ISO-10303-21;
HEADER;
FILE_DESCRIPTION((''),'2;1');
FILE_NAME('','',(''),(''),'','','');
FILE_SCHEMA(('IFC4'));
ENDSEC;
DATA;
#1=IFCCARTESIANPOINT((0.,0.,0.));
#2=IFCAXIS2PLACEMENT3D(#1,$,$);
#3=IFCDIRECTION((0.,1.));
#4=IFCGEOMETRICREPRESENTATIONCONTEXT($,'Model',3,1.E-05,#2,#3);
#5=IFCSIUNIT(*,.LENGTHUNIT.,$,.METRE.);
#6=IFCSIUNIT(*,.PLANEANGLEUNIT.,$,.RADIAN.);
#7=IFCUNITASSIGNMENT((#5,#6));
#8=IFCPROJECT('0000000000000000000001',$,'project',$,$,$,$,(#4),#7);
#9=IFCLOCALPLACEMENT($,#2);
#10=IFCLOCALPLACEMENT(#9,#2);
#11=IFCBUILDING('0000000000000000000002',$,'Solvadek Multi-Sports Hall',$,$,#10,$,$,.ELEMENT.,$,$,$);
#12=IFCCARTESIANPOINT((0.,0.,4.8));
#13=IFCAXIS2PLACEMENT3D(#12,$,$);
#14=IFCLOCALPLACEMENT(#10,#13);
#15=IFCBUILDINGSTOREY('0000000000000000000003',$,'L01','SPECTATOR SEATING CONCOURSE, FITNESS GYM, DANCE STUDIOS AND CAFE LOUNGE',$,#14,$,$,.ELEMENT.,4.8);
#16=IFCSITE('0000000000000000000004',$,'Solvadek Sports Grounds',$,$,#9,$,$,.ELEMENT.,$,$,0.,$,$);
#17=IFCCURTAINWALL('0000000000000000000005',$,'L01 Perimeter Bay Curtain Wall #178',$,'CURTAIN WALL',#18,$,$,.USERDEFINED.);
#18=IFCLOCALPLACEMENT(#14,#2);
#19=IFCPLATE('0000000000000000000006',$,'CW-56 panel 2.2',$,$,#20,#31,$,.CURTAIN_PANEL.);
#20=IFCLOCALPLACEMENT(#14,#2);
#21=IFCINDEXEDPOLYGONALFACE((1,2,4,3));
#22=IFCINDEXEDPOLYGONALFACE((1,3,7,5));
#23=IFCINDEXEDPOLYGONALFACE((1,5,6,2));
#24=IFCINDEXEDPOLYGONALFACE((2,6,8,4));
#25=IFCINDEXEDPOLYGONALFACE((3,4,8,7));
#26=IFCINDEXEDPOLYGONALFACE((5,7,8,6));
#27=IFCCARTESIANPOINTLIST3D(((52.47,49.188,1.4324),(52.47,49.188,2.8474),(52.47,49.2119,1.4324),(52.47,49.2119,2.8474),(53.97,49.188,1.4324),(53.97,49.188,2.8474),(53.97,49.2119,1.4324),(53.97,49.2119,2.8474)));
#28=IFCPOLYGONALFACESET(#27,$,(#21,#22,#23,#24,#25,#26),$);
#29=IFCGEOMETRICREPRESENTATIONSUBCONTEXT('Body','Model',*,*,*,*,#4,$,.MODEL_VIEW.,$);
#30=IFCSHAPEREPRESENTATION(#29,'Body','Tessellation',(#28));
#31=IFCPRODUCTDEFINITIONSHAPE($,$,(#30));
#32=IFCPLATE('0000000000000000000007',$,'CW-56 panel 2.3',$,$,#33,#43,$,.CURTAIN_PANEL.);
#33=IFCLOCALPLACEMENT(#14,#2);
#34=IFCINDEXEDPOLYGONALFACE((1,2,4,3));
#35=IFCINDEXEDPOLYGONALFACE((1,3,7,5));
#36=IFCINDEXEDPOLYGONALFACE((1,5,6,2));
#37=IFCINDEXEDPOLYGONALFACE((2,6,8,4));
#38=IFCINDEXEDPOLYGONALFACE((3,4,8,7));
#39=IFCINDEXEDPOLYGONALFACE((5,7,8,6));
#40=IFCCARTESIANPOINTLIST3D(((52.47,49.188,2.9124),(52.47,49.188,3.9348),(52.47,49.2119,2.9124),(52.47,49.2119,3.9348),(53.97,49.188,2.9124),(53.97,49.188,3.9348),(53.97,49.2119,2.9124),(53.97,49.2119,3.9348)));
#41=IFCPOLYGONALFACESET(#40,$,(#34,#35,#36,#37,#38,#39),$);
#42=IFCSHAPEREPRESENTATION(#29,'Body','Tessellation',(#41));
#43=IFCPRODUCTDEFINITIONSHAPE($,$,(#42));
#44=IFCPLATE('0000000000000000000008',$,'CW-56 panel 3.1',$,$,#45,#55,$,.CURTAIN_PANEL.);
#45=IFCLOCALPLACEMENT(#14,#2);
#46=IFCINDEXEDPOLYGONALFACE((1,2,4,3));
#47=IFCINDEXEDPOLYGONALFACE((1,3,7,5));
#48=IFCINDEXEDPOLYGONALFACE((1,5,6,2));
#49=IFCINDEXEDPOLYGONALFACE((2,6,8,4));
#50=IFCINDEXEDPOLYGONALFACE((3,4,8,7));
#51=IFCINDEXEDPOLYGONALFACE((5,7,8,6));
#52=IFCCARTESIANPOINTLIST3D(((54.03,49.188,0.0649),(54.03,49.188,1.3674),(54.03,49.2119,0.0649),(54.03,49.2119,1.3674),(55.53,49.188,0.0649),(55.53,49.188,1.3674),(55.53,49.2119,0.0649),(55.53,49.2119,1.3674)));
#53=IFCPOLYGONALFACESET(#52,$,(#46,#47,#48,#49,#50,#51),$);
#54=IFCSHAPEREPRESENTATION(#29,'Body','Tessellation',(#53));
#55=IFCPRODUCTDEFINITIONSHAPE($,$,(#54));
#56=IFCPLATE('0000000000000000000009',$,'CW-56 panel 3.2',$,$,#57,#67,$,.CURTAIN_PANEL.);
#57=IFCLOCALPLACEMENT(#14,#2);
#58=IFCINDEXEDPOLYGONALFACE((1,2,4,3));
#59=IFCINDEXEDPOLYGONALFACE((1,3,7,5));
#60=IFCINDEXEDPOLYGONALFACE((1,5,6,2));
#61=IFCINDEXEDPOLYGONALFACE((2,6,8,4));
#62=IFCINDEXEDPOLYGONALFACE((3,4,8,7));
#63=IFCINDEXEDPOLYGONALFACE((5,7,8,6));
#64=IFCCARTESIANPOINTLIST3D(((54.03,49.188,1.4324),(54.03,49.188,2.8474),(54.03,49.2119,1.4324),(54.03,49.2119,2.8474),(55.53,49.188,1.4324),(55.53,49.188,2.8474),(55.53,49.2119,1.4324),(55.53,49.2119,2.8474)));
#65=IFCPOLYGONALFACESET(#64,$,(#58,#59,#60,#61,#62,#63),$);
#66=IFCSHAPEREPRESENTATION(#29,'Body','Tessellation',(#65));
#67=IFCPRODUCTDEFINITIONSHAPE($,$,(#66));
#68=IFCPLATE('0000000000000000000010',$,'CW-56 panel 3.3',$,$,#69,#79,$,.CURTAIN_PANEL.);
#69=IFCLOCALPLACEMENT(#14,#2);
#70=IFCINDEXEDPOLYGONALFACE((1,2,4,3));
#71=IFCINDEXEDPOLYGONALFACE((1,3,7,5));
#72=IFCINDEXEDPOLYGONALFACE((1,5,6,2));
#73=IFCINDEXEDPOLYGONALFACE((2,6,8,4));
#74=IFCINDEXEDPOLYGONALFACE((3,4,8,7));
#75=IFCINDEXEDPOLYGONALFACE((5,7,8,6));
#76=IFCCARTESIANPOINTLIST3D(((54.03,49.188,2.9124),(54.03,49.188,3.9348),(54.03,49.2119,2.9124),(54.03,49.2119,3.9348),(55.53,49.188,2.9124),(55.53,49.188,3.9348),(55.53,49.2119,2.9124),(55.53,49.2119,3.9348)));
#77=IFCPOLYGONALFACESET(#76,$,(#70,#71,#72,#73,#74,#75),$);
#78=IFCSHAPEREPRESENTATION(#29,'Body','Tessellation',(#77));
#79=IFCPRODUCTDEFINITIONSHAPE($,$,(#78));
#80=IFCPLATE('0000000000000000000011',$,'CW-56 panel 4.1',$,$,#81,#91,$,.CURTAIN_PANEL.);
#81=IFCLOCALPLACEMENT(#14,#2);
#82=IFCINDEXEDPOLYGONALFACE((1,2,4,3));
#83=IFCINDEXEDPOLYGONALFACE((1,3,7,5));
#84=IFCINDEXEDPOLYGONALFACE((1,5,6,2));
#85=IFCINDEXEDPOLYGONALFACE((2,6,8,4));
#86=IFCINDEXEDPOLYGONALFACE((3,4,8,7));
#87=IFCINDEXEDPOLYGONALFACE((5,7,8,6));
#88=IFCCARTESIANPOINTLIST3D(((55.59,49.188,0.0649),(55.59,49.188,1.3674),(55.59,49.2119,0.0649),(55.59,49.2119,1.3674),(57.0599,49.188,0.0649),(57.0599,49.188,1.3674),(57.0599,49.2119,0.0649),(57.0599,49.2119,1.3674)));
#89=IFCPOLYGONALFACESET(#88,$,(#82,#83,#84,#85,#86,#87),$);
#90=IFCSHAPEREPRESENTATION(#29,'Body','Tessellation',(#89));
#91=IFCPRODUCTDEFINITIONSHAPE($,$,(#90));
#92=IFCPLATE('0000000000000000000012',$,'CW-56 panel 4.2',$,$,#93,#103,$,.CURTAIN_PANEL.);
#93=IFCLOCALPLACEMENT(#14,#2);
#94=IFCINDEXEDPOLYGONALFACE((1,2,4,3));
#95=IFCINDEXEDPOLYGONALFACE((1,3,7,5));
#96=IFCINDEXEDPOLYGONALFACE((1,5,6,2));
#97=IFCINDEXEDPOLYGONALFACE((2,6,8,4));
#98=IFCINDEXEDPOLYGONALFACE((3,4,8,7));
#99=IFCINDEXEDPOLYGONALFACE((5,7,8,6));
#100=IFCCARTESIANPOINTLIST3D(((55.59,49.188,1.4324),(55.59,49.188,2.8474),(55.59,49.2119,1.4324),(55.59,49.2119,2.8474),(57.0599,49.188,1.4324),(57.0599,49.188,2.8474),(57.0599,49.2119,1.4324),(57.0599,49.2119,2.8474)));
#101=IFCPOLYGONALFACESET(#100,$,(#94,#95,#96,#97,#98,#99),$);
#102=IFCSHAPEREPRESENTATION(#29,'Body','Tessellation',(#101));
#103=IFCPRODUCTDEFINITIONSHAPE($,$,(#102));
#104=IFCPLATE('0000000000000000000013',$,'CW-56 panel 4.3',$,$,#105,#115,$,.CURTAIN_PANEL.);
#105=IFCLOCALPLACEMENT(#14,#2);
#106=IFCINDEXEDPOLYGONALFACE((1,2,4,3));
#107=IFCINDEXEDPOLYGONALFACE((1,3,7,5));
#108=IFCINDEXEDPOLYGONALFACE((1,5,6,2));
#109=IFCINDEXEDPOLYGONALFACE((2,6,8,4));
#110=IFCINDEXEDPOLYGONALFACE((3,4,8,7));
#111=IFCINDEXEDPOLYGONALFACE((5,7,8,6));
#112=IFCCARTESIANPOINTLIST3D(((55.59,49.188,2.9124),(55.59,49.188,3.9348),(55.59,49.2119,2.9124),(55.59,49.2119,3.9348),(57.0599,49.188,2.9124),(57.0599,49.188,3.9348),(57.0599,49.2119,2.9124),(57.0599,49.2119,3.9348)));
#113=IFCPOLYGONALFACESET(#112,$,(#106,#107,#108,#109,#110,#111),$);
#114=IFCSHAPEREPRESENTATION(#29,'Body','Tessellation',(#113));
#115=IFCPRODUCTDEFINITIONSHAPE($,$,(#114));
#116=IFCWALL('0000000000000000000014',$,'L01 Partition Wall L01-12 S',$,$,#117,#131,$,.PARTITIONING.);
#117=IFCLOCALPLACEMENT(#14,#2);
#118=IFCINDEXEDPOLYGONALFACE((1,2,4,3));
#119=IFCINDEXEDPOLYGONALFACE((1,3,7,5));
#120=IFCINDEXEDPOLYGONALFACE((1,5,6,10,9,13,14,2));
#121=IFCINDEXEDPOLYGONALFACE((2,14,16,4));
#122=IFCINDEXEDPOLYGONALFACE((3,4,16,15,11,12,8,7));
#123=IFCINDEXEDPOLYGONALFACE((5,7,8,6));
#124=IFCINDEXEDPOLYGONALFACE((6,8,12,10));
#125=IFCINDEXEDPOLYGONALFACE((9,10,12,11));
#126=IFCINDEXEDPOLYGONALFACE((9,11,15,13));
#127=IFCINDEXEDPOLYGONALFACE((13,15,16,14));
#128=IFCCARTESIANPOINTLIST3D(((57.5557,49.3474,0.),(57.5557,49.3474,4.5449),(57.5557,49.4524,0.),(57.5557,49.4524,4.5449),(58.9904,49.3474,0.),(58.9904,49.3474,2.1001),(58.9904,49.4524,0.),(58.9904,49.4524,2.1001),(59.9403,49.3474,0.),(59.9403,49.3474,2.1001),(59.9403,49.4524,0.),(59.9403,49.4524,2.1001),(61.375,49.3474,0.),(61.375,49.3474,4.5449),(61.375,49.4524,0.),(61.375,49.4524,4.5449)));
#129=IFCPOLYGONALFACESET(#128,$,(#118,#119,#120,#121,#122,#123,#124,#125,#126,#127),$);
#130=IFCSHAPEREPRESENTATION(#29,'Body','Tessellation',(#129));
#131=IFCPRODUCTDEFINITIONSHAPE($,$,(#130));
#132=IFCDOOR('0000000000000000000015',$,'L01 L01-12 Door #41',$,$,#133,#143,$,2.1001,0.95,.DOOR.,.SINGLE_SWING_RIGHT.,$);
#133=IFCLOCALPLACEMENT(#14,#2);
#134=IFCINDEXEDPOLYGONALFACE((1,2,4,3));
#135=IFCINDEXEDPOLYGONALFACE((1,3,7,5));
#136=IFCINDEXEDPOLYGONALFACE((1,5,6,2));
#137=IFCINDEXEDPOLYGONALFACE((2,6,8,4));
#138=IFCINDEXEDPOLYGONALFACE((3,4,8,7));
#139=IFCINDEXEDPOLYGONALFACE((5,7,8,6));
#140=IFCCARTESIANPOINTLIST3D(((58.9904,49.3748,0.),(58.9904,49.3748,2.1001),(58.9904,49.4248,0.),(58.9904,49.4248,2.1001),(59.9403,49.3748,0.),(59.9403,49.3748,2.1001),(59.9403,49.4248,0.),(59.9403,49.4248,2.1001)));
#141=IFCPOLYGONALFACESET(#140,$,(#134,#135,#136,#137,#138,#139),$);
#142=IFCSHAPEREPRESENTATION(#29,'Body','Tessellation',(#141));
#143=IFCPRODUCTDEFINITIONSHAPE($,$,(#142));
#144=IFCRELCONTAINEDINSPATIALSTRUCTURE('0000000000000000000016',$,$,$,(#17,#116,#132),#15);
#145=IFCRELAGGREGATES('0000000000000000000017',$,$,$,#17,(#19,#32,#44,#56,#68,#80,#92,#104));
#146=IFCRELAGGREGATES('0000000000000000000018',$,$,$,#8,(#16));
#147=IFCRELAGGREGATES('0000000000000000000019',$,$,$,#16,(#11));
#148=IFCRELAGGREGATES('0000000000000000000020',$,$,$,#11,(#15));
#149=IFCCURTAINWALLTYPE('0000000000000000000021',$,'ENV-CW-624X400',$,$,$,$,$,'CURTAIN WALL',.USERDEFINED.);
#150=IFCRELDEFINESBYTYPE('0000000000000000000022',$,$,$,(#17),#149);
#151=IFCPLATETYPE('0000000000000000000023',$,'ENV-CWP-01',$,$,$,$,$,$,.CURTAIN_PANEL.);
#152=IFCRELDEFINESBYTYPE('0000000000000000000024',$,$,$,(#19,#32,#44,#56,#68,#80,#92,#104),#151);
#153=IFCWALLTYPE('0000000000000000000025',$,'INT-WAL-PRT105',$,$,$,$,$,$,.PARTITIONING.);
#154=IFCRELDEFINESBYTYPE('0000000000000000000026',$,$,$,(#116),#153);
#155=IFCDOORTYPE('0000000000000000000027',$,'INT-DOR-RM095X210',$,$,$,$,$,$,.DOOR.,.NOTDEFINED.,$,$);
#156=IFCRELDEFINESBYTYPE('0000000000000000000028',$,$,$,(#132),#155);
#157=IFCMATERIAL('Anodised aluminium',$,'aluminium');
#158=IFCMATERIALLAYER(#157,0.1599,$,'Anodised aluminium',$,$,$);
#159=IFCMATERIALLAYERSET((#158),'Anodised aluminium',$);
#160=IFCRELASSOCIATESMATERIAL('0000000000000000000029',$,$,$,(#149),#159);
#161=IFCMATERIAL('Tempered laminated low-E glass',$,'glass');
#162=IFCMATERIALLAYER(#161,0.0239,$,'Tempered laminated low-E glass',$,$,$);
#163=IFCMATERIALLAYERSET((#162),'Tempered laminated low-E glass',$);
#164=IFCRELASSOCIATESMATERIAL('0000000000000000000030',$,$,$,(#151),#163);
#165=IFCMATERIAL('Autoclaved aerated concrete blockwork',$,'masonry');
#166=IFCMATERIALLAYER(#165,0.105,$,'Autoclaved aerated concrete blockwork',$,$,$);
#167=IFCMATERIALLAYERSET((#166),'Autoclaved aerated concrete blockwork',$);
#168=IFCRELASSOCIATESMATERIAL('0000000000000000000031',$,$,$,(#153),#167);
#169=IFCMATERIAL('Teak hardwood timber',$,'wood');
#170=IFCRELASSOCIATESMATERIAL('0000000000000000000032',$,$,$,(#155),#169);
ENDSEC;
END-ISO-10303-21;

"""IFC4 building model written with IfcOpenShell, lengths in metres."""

from ifc_helpers import new_model, si_unit, direction, frame, frame_2d, origin, origin_2d, place, context, subcontext, project, spatial, rectangle, extrude, material, layer, layer_set, type_object, element, fill, aggregate, save


model = new_model("IFC4")

# Units and contexts
model_context = context("Model", 3, precision=1e-05, world=origin(), true_north=direction((0.0, 1.0)))
body_context = subcontext(model_context, "Body", "Model", "MODEL_VIEW")
ifc_project = project(units=[si_unit("LENGTHUNIT", "METRE"), si_unit("PLANEANGLEUNIT", "RADIAN")], contexts=[model_context])

# Site, building, storey
site_placement = place(None, origin())
site = spatial("IfcSite", under=ifc_project, at=site_placement, Name="Solvadek Sports Grounds", CompositionType="ELEMENT", RefElevation=0.0)
building_placement = place(site_placement, origin())
building = spatial("IfcBuilding", under=site, at=building_placement, Name="Solvadek Multi-Sports Hall", CompositionType="ELEMENT")
storey_placement = place(building_placement, frame((0.0, 0.0, 4.8)))
storey = spatial("IfcBuildingStorey", under=building, at=storey_placement, Name="L01", Description="SPECTATOR SEATING CONCOURSE, FITNESS GYM, DANCE STUDIOS AND CAFE LOUNGE", CompositionType="ELEMENT", Elevation=4.8)

# Curtain wall
ifc_material_1 = material(Name="Anodised aluminium", Category="aluminium")
ifc_layer_1 = layer(ifc_material_1, 0.1599, Name="Anodised aluminium")
ifc_layer_set_1 = layer_set([ifc_layer_1], Name="Anodised aluminium")
curtain_wall_type = type_object("IfcCurtainWallType", Name="ENV-CW-624X400", ElementType="CURTAIN WALL", PredefinedType="USERDEFINED", material=ifc_layer_set_1)
curtain_wall_placement = place(storey_placement, origin())
curtain_wall = element("IfcCurtainWall", 1, at=curtain_wall_placement, inside=storey, type_object=curtain_wall_type, Name="L01 Perimeter Bay Curtain Wall #178", ObjectType="CURTAIN WALL", PredefinedType="USERDEFINED")

# Plates
ifc_material_2 = material(Name="Tempered laminated low-E glass", Category="glass")
ifc_layer_2 = layer(ifc_material_2, 0.0239, Name="Tempered laminated low-E glass")
ifc_layer_set_2 = layer_set([ifc_layer_2], Name="Tempered laminated low-E glass")
plate_type = type_object("IfcPlateType", Name="ENV-CWP-01", PredefinedType="CURTAIN_PANEL", material=ifc_layer_set_2)
plate_1_placement = place(storey_placement, frame((53.22, 49.2, 1.4324), z_axis=(0.0, 0.0, 1.0), x_axis=(1.0, 0.0, 0.0)))
plate_1 = element("IfcPlate", 2, at=plate_1_placement, type_object=plate_type, Name="CW-56 panel 2.2", PredefinedType="CURTAIN_PANEL", context=body_context, shape_type="SweptSolid", body=[
    extrude(rectangle(XDim=1.5, YDim=0.0239, at=origin_2d()), origin(), (0.0, 0.0, 1.0), 1.415),
])
plate_2_placement = place(storey_placement, frame((53.22, 49.2, 2.9124), z_axis=(0.0, 0.0, 1.0), x_axis=(1.0, 0.0, 0.0)))
plate_2 = element("IfcPlate", 3, at=plate_2_placement, type_object=plate_type, Name="CW-56 panel 2.3", PredefinedType="CURTAIN_PANEL", context=body_context, shape_type="SweptSolid", body=[
    extrude(rectangle(XDim=1.5, YDim=0.0239, at=origin_2d()), origin(), (0.0, 0.0, 1.0), 1.0225),
])
plate_3_placement = place(storey_placement, frame((54.78, 49.2, 0.0649), z_axis=(0.0, 0.0, 1.0), x_axis=(1.0, 0.0, 0.0)))
plate_3 = element("IfcPlate", 4, at=plate_3_placement, type_object=plate_type, Name="CW-56 panel 3.1", PredefinedType="CURTAIN_PANEL", context=body_context, shape_type="SweptSolid", body=[
    extrude(rectangle(XDim=1.5, YDim=0.0239, at=origin_2d()), origin(), (0.0, 0.0, 1.0), 1.3025),
])
plate_4_placement = place(storey_placement, frame((54.78, 49.2, 1.4324), z_axis=(0.0, 0.0, 1.0), x_axis=(1.0, 0.0, 0.0)))
plate_4 = element("IfcPlate", 5, at=plate_4_placement, type_object=plate_type, Name="CW-56 panel 3.2", PredefinedType="CURTAIN_PANEL", context=body_context, shape_type="SweptSolid", body=[
    extrude(rectangle(XDim=1.5, YDim=0.0239, at=origin_2d()), origin(), (0.0, 0.0, 1.0), 1.415),
])
plate_5_placement = place(storey_placement, frame((54.78, 49.2, 2.9124), z_axis=(0.0, 0.0, 1.0), x_axis=(1.0, 0.0, 0.0)))
plate_5 = element("IfcPlate", 6, at=plate_5_placement, type_object=plate_type, Name="CW-56 panel 3.3", PredefinedType="CURTAIN_PANEL", context=body_context, shape_type="SweptSolid", body=[
    extrude(rectangle(XDim=1.5, YDim=0.0239, at=origin_2d()), origin(), (0.0, 0.0, 1.0), 1.0225),
])
plate_6_placement = place(storey_placement, frame((56.325, 49.2, 0.0649), z_axis=(0.0, 0.0, 1.0), x_axis=(1.0, 0.0, 0.0)))
plate_6 = element("IfcPlate", 7, at=plate_6_placement, type_object=plate_type, Name="CW-56 panel 4.1", PredefinedType="CURTAIN_PANEL", context=body_context, shape_type="SweptSolid", body=[
    extrude(rectangle(XDim=1.47, YDim=0.0239, at=origin_2d()), origin(), (0.0, 0.0, 1.0), 1.3025),
])
plate_7_placement = place(storey_placement, frame((56.325, 49.2, 1.4324), z_axis=(0.0, 0.0, 1.0), x_axis=(1.0, 0.0, 0.0)))
plate_7 = element("IfcPlate", 8, at=plate_7_placement, type_object=plate_type, Name="CW-56 panel 4.2", PredefinedType="CURTAIN_PANEL", context=body_context, shape_type="SweptSolid", body=[
    extrude(rectangle(XDim=1.47, YDim=0.0239, at=origin_2d()), origin(), (0.0, 0.0, 1.0), 1.415),
])
plate_8_placement = place(storey_placement, frame((56.325, 49.2, 2.9124), z_axis=(0.0, 0.0, 1.0), x_axis=(1.0, 0.0, 0.0)))
plate_8 = element("IfcPlate", 9, at=plate_8_placement, type_object=plate_type, Name="CW-56 panel 4.3", PredefinedType="CURTAIN_PANEL", context=body_context, shape_type="SweptSolid", body=[
    extrude(rectangle(XDim=1.47, YDim=0.0239, at=origin_2d()), origin(), (0.0, 0.0, 1.0), 1.0225),
])
aggregate(curtain_wall, [plate_1, plate_2, plate_3, plate_4, plate_5, plate_6, plate_7, plate_8])

# Wall, opening, door
ifc_material_3 = material(Name="Autoclaved aerated concrete blockwork", Category="masonry")
ifc_layer_3 = layer(ifc_material_3, 0.105, Name="Autoclaved aerated concrete blockwork")
ifc_layer_set_3 = layer_set([ifc_layer_3], Name="Autoclaved aerated concrete blockwork")
wall_type = type_object("IfcWallType", Name="INT-WAL-PRT105", PredefinedType="PARTITIONING", material=ifc_layer_set_3)
wall_placement = place(storey_placement, frame((57.5557, 49.3999, 0.0), z_axis=(0.0, 0.0, 1.0), x_axis=(1.0, 0.0, 0.0)))
wall = element("IfcWall", 10, at=wall_placement, inside=storey, type_object=wall_type, Name="L01 Partition Wall L01-12 S", PredefinedType="PARTITIONING", context=body_context, shape_type="SweptSolid", body=[
    extrude(rectangle(XDim=3.8193, YDim=0.105, at=frame_2d((1.9097, 0.0))), origin(), (0.0, 0.0, 1.0), 4.5449),
])
opening_placement = place(wall_placement, frame((1.4346, 0.0, 0.0)))
opening = element("IfcOpeningElement", 11, at=opening_placement, cuts=wall, PredefinedType="OPENING", context=body_context, shape_type="SweptSolid", body=[
    extrude(rectangle(XDim=0.95, YDim=2.1001, at=frame_2d((0.4751, 1.05))), frame((0.0, 0.0625, 0.0), z_axis=(0.0, -1.0, 0.0), x_axis=(1.0, 0.0, 0.0)), (0.0, 0.0, 1.0), 0.125),
])
ifc_material_4 = material(Name="Teak hardwood timber", Category="wood")
door_type = type_object("IfcDoorType", Name="INT-DOR-RM095X210", OperationType="NOTDEFINED", PredefinedType="DOOR", material=ifc_material_4)
door_placement = place(opening_placement, origin())
door = element("IfcDoor", 12, at=door_placement, inside=storey, type_object=door_type, Name="L01 L01-12 Door #41", OperationType="SINGLE_SWING_RIGHT", OverallHeight=2.1001, OverallWidth=0.95, PredefinedType="DOOR", context=body_context, shape_type="SweptSolid", body=[
    extrude(rectangle(XDim=0.95, YDim=2.1001, at=frame_2d((0.4751, 1.05))), frame((0.0, 0.0249, 0.0), z_axis=(0.0, -1.0, 0.0), x_axis=(1.0, 0.0, 0.0)), (0.0, 0.0, 1.0), 0.05),
])
fill(opening, door)

save(model, "model.ifc")
